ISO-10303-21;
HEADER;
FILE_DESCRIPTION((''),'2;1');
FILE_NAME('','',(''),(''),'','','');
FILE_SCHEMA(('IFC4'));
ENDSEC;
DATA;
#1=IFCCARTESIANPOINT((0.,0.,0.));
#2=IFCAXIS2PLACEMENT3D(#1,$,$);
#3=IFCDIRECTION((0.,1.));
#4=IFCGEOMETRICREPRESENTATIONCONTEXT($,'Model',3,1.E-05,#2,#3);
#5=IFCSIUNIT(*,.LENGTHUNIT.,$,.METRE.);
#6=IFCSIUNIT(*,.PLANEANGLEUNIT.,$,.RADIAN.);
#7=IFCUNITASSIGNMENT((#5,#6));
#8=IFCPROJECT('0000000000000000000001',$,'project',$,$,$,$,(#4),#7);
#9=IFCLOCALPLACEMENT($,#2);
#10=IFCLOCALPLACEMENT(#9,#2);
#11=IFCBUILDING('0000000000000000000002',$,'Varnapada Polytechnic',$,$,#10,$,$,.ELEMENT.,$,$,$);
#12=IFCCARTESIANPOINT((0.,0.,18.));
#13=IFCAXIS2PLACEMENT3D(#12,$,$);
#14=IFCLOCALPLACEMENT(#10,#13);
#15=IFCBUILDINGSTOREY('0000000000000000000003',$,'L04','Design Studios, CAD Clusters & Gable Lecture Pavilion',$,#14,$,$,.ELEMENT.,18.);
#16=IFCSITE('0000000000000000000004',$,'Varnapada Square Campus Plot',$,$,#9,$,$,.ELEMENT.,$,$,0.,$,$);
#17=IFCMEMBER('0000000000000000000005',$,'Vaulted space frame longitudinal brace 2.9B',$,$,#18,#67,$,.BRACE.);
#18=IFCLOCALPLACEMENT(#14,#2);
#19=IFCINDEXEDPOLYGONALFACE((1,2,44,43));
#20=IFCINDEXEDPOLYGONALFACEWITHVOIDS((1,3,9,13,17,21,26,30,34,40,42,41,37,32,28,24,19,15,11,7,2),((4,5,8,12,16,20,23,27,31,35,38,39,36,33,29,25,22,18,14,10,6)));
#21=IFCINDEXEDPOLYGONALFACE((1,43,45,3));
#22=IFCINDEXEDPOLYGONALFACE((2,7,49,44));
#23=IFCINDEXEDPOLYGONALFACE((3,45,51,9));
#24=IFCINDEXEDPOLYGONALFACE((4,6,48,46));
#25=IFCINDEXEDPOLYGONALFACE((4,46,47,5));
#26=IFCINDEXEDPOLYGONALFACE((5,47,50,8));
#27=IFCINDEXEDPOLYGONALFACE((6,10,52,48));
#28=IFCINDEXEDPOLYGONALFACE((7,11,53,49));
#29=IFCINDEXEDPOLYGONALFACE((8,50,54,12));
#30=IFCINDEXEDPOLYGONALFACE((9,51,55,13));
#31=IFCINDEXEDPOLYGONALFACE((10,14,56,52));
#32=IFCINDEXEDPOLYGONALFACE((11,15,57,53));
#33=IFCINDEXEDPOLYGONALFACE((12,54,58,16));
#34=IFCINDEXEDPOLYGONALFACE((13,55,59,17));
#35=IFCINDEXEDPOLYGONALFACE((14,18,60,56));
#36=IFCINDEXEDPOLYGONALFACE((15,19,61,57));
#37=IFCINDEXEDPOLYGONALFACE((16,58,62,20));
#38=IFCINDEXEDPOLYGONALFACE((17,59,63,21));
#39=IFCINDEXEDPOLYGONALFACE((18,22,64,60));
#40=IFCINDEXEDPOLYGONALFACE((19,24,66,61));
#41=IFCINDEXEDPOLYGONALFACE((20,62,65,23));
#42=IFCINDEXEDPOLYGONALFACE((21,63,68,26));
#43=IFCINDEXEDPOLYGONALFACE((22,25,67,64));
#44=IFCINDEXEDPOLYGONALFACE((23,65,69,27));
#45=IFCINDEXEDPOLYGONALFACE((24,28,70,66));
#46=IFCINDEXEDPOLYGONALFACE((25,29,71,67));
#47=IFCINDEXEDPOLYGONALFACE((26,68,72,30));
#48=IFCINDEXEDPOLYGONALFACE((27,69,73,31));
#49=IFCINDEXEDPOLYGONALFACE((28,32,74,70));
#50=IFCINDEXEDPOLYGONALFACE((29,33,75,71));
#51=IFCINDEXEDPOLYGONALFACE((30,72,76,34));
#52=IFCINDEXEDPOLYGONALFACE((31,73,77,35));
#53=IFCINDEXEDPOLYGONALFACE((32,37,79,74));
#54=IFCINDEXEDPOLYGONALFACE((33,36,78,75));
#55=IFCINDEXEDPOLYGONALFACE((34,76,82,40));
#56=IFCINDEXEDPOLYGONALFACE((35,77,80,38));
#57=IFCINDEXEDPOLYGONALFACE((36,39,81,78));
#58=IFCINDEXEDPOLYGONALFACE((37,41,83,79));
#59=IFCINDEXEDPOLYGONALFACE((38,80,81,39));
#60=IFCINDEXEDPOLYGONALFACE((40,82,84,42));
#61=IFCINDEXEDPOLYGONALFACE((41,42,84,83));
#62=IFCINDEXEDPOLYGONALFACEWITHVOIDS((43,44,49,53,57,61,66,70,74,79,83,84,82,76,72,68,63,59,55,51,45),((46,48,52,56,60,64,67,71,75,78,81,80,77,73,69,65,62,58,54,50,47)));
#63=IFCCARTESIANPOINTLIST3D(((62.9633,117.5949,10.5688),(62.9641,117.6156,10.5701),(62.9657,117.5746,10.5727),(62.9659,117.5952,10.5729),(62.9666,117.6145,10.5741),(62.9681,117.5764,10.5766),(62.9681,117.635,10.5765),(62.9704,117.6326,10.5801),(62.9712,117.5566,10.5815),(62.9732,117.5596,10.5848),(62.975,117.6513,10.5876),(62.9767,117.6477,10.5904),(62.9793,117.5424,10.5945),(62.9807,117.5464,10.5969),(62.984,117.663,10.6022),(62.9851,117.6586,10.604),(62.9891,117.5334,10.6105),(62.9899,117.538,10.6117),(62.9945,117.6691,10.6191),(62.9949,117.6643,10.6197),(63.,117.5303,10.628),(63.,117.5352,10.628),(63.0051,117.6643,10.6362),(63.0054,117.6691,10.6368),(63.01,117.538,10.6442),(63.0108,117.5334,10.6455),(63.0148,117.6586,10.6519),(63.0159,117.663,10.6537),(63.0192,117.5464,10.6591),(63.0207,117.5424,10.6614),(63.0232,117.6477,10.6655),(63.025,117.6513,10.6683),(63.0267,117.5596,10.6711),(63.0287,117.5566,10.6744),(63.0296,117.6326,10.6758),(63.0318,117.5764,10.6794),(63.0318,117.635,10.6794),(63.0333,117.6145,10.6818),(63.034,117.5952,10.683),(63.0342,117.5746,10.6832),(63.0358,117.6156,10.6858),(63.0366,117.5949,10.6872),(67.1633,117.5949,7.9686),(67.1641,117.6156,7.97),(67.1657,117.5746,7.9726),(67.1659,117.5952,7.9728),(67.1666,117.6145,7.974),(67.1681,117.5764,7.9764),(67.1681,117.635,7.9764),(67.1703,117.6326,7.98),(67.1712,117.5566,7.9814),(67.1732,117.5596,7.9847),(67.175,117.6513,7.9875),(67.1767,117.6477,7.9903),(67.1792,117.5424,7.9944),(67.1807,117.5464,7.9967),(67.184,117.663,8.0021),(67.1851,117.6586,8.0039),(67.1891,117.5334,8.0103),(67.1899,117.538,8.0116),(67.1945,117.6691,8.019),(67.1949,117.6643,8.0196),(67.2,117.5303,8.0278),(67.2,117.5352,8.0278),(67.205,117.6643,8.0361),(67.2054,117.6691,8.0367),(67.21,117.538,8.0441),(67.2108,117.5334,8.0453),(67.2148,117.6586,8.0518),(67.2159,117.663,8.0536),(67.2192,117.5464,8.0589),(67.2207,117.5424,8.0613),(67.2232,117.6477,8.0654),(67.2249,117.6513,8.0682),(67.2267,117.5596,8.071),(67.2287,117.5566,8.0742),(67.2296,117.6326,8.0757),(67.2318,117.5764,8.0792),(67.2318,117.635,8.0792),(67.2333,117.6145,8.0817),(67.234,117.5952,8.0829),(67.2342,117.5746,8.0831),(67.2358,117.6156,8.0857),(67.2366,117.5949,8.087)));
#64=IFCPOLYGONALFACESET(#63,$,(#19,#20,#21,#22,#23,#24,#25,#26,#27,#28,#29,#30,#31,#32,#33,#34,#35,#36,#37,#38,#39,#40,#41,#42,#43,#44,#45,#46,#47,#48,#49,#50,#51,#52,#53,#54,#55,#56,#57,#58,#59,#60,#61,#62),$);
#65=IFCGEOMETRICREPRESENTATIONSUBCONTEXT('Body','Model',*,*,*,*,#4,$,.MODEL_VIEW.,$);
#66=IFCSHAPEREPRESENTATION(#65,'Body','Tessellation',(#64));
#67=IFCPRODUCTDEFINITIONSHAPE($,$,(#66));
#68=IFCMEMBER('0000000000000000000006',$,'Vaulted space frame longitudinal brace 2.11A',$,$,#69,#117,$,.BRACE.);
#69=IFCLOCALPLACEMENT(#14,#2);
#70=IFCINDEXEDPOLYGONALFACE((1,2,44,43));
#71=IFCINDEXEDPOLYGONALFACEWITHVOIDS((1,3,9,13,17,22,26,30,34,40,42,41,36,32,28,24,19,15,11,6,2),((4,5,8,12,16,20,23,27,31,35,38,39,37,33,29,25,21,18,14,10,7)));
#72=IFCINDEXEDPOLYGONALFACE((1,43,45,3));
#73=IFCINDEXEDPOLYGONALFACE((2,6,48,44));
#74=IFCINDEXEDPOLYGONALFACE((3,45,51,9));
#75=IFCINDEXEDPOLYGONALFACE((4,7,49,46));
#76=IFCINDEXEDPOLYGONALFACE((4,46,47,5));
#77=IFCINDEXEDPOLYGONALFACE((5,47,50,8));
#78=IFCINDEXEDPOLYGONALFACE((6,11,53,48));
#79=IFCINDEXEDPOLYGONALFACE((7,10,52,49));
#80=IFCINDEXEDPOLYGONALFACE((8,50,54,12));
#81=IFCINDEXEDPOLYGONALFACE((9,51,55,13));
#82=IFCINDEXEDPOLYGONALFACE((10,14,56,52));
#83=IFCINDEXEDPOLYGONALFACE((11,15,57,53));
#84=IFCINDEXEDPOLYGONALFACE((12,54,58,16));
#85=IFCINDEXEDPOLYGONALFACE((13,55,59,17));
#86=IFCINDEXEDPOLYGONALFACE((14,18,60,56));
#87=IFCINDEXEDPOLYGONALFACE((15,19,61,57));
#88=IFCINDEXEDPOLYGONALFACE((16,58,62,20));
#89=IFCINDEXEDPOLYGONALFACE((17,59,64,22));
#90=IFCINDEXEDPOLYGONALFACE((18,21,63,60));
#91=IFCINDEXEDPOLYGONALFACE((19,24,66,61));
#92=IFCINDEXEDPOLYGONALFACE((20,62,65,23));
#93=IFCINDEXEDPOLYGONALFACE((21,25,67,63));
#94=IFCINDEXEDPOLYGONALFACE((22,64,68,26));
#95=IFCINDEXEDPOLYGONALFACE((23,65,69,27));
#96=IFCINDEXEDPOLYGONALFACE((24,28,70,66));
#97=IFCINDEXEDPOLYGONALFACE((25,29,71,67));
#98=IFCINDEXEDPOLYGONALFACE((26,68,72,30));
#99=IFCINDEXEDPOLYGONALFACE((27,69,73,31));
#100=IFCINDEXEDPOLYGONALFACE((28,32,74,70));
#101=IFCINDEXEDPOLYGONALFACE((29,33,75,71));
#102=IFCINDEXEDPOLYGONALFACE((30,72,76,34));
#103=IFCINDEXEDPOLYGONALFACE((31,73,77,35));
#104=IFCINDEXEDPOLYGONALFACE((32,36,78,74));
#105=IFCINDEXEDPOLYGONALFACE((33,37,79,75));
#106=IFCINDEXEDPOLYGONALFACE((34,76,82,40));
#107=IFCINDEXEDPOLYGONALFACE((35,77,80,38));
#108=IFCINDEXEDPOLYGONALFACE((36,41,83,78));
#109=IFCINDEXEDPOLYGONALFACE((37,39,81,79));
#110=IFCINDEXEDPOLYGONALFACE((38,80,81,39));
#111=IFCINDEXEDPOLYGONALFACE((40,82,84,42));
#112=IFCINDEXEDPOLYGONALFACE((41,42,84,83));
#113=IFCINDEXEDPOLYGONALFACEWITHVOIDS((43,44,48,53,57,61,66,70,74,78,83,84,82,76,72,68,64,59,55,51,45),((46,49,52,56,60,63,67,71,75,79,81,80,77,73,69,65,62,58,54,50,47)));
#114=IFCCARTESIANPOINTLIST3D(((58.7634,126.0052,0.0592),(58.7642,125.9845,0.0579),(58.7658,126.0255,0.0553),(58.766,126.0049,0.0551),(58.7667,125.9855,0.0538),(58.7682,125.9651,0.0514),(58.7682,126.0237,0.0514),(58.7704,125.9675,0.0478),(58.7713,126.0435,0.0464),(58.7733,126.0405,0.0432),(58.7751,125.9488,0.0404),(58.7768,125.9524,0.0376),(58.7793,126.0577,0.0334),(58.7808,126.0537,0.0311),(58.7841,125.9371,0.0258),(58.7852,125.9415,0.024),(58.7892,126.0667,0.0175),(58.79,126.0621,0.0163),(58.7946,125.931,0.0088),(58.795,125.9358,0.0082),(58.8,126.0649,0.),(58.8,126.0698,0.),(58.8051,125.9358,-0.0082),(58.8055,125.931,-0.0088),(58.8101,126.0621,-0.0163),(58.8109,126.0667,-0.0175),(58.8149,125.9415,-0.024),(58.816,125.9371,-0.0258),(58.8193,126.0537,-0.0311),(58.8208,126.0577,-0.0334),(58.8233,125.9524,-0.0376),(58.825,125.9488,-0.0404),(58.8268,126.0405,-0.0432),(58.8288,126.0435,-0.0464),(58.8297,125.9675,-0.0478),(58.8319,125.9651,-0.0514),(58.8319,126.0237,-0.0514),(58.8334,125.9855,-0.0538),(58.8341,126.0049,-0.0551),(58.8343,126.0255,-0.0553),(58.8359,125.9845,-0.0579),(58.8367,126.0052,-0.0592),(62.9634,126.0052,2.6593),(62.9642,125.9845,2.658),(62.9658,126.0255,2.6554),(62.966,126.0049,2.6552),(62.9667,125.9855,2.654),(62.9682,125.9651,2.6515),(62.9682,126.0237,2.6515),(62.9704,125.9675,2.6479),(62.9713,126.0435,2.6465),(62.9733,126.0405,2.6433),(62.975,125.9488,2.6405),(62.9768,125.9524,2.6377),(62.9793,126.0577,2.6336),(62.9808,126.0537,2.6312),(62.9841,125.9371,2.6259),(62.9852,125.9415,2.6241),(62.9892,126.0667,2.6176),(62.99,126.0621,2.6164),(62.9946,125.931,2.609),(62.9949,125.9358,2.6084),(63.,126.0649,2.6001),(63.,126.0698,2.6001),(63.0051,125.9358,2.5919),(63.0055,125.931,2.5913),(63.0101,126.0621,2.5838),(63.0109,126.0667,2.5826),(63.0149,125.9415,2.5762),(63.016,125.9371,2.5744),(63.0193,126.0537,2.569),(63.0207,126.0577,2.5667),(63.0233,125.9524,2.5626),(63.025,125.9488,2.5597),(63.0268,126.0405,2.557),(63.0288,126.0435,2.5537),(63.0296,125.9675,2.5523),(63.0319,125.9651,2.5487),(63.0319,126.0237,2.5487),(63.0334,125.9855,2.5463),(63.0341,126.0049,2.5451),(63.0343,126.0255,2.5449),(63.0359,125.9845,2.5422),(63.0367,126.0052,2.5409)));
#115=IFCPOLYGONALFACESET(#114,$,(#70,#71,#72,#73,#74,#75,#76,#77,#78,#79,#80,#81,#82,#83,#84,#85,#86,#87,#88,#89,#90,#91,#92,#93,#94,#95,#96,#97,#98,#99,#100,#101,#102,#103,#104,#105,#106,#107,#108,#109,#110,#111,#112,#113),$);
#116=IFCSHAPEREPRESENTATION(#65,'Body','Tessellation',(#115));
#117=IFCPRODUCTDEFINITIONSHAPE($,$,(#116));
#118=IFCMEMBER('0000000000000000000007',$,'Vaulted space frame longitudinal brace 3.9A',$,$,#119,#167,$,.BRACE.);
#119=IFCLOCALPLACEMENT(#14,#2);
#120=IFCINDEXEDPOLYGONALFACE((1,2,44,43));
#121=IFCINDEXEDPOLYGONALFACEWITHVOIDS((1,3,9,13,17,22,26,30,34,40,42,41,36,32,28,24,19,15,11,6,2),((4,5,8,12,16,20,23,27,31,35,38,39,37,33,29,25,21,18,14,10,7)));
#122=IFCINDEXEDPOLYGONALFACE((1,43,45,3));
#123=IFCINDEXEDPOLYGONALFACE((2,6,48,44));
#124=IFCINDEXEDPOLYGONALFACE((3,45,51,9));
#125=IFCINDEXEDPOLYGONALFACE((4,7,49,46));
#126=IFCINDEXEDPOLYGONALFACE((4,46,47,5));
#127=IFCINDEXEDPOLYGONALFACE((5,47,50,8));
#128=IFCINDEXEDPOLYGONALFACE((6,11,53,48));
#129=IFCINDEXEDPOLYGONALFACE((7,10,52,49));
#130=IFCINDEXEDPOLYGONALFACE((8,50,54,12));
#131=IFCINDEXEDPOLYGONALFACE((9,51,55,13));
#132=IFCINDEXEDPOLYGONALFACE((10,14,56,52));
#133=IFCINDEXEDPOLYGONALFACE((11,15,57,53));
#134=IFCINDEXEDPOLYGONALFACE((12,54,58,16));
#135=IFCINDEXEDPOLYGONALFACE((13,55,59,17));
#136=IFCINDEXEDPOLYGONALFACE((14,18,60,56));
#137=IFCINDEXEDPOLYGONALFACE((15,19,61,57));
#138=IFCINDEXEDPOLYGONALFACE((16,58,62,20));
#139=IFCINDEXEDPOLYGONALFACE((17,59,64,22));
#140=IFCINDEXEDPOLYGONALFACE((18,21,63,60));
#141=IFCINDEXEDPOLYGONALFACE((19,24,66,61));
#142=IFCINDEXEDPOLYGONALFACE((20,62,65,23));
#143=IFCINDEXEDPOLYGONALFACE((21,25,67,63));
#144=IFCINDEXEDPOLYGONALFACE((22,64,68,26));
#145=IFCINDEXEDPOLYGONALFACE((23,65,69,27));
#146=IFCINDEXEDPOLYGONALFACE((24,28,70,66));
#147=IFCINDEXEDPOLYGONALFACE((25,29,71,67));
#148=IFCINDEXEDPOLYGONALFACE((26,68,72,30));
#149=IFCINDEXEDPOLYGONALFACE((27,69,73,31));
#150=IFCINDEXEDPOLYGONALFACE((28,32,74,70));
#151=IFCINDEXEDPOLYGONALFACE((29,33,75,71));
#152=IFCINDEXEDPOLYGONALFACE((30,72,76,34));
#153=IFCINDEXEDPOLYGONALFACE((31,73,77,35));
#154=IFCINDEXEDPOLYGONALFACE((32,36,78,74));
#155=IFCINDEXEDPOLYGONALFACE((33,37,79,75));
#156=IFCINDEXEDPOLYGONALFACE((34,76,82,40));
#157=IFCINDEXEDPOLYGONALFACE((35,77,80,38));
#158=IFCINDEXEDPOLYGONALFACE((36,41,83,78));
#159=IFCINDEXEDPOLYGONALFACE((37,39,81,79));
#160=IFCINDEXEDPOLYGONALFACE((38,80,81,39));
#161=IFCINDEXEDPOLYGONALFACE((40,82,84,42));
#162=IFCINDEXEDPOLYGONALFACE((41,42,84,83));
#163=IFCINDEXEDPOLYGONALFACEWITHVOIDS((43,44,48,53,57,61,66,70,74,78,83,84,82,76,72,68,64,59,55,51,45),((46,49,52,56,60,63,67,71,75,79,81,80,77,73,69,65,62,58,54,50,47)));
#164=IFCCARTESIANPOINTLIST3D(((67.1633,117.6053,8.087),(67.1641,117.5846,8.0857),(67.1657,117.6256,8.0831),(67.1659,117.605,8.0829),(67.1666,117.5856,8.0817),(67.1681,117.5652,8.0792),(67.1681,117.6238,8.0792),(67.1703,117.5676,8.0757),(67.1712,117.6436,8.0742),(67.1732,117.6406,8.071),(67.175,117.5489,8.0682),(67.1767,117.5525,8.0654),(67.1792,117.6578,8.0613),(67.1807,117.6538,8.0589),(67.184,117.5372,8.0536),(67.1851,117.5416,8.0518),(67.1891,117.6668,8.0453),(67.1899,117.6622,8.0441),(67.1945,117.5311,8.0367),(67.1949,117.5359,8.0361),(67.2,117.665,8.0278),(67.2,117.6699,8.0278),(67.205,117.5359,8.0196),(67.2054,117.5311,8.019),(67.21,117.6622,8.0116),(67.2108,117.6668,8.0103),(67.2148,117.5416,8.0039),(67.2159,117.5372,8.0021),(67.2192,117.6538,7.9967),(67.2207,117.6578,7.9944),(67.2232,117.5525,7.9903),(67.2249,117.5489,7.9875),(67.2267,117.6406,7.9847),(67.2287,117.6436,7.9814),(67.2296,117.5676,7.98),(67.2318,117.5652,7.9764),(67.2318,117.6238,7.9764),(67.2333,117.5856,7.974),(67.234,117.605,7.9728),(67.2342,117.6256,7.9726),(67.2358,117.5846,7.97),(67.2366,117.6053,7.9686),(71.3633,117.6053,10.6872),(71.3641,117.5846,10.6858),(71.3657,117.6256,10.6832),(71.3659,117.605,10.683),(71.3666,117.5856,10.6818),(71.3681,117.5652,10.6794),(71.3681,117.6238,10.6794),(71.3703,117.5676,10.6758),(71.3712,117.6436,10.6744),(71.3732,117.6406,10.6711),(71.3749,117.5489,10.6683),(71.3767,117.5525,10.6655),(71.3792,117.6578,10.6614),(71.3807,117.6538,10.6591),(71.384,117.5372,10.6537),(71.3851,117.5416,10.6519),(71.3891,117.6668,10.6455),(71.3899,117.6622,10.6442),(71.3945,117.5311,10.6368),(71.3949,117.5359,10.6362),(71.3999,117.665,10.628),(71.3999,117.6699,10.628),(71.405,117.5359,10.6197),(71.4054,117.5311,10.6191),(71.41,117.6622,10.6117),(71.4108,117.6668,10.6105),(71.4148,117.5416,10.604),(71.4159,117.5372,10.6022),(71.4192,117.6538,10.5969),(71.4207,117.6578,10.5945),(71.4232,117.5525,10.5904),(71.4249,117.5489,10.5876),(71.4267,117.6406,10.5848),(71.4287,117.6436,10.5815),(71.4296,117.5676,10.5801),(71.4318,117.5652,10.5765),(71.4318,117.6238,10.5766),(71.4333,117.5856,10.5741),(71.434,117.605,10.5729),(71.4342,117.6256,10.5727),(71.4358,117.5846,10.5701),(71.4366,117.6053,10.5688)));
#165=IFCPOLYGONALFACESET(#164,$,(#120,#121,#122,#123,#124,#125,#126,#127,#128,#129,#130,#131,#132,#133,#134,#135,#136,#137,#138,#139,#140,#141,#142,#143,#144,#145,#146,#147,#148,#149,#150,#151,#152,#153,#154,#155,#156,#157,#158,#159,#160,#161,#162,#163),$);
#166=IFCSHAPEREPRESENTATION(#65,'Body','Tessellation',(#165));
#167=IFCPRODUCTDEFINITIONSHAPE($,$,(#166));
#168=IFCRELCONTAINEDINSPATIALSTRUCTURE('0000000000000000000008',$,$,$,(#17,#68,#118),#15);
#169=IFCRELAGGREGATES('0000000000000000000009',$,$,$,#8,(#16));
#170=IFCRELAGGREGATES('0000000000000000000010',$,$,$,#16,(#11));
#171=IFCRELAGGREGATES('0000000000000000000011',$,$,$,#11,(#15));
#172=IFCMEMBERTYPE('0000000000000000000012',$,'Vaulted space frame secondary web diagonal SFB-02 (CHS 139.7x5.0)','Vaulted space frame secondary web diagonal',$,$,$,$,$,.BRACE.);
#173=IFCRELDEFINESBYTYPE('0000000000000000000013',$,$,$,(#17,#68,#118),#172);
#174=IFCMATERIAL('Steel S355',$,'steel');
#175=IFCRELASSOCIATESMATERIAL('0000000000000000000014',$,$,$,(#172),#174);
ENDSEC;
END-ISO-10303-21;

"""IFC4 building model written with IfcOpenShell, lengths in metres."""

from ifc_helpers import new_model, si_unit, direction, frame, origin, origin_2d, place, context, subcontext, project, spatial, hollow_circle, extrude, material, material_profile, profile_set, type_object, element, save


model = new_model("IFC4")

# Units and contexts
model_context = context("Model", 3, precision=1e-05, world=origin(), true_north=direction((0.0, 1.0)))
body_context = subcontext(model_context, "Body", "Model", "MODEL_VIEW")
ifc_project = project(units=[si_unit("LENGTHUNIT", "METRE"), si_unit("PLANEANGLEUNIT", "RADIAN")], contexts=[model_context])

# Site, building, storey
site_placement = place(None, origin())
site = spatial("IfcSite", under=ifc_project, at=site_placement, Name="Varnapada Square Campus Plot", CompositionType="ELEMENT", RefElevation=0.0)
building_placement = place(site_placement, origin())
building = spatial("IfcBuilding", under=site, at=building_placement, Name="Varnapada Polytechnic", CompositionType="ELEMENT")
storey_placement = place(building_placement, frame((0.0, 0.0, 18.0)))
storey = spatial("IfcBuildingStorey", under=building, at=storey_placement, Name="L04", Description="Design Studios, CAD Clusters & Gable Lecture Pavilion", CompositionType="ELEMENT", Elevation=18.0)

# Shared definitions
ifc_material = material(Name="Steel S355", Category="steel")

# Members
ifc_material_profile_1 = material_profile(ifc_material, hollow_circle(Radius=0.0698, WallThickness=0.0049, at=origin_2d()), Name="CHS 139.7x5.0")
ifc_profile_set_1 = profile_set([ifc_material_profile_1], Name="Steel S355")
member_type_1 = type_object("IfcMemberType", Name="Vaulted space frame secondary web diagonal SFB-02 (CHS 139.7x5.0)", Description="Vaulted space frame secondary web diagonal", PredefinedType="BRACE", material=ifc_profile_set_1)
for number, where, z_axis, x_axis, name in (
    (1, (67.2, 117.6001, 8.0278), (-0.850254, 0.0, 0.526373), (0.0, -1.0, 0.0), "Vaulted space frame longitudinal brace 2.9B"),
    (2, (58.8, 126.0, 0.0), (0.850254, 0.0, 0.526373), (0.0, 1.0, 0.0), "Vaulted space frame longitudinal brace 2.11A"),
    (3, (67.2, 117.6001, 8.0278), (0.850254, 0.0, 0.526373), (0.0, 1.0, 0.0), "Vaulted space frame longitudinal brace 3.9A"),
):
    element("IfcMember", number, at=place(storey_placement, frame(where, z_axis=z_axis, x_axis=x_axis)), inside=storey, type_object=member_type_1, Name=name, PredefinedType="BRACE", context=body_context, shape_type="SweptSolid", body=[
        extrude(hollow_circle(Radius=0.0698, WallThickness=0.0049, at=origin_2d()), origin(), (0.0, 0.0, 1.0), 4.9397),
    ])

save(model, "model.ifc")
